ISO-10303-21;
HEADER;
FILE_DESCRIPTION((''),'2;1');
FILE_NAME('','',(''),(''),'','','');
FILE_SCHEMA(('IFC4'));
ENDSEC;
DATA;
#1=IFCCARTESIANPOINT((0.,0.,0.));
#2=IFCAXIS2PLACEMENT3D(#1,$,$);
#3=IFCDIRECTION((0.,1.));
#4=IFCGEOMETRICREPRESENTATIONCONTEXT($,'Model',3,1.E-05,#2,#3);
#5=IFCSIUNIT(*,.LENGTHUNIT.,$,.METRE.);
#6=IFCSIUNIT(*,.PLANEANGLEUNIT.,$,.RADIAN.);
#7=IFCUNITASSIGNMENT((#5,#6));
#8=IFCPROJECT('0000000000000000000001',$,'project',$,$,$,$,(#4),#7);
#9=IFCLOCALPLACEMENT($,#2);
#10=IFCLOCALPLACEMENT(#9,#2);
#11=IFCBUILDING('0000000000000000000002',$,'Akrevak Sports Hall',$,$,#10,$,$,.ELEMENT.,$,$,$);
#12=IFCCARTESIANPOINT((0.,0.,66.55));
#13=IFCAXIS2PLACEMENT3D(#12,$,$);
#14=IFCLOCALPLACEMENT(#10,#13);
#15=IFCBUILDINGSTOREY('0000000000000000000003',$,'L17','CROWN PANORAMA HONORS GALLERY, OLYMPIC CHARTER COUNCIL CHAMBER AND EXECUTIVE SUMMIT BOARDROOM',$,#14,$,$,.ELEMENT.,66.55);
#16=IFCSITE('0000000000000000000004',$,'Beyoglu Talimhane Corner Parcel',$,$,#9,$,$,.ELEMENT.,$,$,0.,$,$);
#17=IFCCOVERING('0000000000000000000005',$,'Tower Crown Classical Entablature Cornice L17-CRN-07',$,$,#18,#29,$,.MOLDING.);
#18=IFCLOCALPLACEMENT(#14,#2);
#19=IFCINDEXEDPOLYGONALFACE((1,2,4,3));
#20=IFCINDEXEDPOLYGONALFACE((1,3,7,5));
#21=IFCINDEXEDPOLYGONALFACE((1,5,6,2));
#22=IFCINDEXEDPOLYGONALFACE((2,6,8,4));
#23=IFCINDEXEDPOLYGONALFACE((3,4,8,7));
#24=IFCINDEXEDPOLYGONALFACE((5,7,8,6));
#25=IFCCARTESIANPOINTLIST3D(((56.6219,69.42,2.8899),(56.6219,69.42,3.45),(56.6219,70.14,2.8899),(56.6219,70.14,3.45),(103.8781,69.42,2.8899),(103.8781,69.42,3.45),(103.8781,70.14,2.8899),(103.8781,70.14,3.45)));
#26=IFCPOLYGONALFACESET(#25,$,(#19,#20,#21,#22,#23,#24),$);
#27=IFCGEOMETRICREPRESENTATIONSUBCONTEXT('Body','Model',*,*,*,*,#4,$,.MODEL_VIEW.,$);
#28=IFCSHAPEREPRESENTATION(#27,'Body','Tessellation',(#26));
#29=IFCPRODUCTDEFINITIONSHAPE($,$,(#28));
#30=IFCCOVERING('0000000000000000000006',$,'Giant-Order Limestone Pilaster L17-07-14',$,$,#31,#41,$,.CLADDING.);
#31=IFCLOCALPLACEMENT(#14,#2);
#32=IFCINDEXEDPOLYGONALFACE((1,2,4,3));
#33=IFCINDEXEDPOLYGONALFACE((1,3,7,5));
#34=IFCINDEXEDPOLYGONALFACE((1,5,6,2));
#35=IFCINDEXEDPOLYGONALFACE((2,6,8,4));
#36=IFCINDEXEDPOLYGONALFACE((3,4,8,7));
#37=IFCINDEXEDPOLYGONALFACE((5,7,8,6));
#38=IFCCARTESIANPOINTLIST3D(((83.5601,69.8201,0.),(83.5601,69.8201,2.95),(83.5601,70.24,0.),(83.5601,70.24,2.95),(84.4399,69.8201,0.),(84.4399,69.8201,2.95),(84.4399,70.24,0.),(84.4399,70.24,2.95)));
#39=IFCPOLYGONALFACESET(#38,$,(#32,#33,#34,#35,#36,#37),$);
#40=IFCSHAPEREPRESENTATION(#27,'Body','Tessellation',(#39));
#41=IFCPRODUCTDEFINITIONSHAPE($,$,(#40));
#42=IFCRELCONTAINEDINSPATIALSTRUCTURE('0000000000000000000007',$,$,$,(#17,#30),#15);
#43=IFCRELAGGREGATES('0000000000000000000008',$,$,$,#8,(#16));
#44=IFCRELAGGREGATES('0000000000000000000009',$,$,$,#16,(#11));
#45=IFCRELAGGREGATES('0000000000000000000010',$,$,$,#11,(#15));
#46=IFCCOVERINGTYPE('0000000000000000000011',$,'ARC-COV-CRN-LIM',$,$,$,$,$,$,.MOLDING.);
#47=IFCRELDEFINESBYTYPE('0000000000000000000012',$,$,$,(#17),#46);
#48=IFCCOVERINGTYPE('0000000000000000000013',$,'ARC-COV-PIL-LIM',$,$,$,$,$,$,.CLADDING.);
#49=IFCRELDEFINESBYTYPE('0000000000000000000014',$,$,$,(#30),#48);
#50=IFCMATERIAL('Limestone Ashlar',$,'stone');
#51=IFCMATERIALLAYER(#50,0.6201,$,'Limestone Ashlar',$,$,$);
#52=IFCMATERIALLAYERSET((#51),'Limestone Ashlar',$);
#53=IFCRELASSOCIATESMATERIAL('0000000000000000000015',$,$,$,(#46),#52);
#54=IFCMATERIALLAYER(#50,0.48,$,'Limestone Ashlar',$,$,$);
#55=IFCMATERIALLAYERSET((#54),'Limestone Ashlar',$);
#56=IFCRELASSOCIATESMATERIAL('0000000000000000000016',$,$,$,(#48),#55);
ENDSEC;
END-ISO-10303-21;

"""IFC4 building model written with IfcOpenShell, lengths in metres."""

from ifc_helpers import new_model, si_unit, direction, frame, origin, origin_2d, place, context, subcontext, project, spatial, rectangle, extrude, material, layer, layer_set, type_object, element, save


model = new_model("IFC4")

# Units and contexts
model_context = context("Model", 3, precision=1e-05, world=origin(), true_north=direction((0.0, 1.0)))
body_context = subcontext(model_context, "Body", "Model", "MODEL_VIEW")
ifc_project = project(units=[si_unit("LENGTHUNIT", "METRE"), si_unit("PLANEANGLEUNIT", "RADIAN")], contexts=[model_context])

# Site, building, storey
site_placement = place(None, origin())
site = spatial("IfcSite", under=ifc_project, at=site_placement, Name="Beyoglu Talimhane Corner Parcel", CompositionType="ELEMENT", RefElevation=0.0)
building_placement = place(site_placement, origin())
building = spatial("IfcBuilding", under=site, at=building_placement, Name="Akrevak Sports Hall", CompositionType="ELEMENT")
storey_placement = place(building_placement, frame((0.0, 0.0, 66.55)))
storey = spatial("IfcBuildingStorey", under=building, at=storey_placement, Name="L17", Description="CROWN PANORAMA HONORS GALLERY, OLYMPIC CHARTER COUNCIL CHAMBER AND EXECUTIVE SUMMIT BOARDROOM", CompositionType="ELEMENT", Elevation=66.55)

# Coverings
ifc_material_1 = material(Name="Limestone Ashlar", Category="stone")
ifc_layer_1 = layer(ifc_material_1, 0.6201, Name="Limestone Ashlar")
ifc_layer_set_1 = layer_set([ifc_layer_1], Name="Limestone Ashlar")
covering_type_1 = type_object("IfcCoveringType", Name="ARC-COV-CRN-LIM", PredefinedType="MOLDING", material=ifc_layer_set_1)
covering_1_placement = place(storey_placement, frame((80.25, 69.78, 2.8899), z_axis=(0.0, 0.0, 1.0), x_axis=(-1.0, 0.0, 0.0)))
element("IfcCovering", 1, at=covering_1_placement, inside=storey, type_object=covering_type_1, Name="Tower Crown Classical Entablature Cornice L17-CRN-07", PredefinedType="MOLDING", context=body_context, shape_type="SweptSolid", body=[
    extrude(rectangle(XDim=47.2561, YDim=0.72, at=origin_2d()), origin(), (0.0, 0.0, 1.0), 0.5601),
])
ifc_layer_2 = layer(ifc_material_1, 0.48, Name="Limestone Ashlar")
ifc_layer_set_2 = layer_set([ifc_layer_2], Name="Limestone Ashlar")
covering_type_2 = type_object("IfcCoveringType", Name="ARC-COV-PIL-LIM", PredefinedType="CLADDING", material=ifc_layer_set_2)
covering_2_placement = place(storey_placement, frame((84.0, 70.03, 0.0), z_axis=(0.0, 0.0, 1.0), x_axis=(-1.0, 0.0, 0.0)))
element("IfcCovering", 2, at=covering_2_placement, inside=storey, type_object=covering_type_2, Name="Giant-Order Limestone Pilaster L17-07-14", PredefinedType="CLADDING", context=body_context, shape_type="SweptSolid", body=[
    extrude(rectangle(XDim=0.8799, YDim=0.4199, at=origin_2d()), origin(), (0.0, 0.0, 1.0), 2.95),
])

save(model, "model.ifc")
